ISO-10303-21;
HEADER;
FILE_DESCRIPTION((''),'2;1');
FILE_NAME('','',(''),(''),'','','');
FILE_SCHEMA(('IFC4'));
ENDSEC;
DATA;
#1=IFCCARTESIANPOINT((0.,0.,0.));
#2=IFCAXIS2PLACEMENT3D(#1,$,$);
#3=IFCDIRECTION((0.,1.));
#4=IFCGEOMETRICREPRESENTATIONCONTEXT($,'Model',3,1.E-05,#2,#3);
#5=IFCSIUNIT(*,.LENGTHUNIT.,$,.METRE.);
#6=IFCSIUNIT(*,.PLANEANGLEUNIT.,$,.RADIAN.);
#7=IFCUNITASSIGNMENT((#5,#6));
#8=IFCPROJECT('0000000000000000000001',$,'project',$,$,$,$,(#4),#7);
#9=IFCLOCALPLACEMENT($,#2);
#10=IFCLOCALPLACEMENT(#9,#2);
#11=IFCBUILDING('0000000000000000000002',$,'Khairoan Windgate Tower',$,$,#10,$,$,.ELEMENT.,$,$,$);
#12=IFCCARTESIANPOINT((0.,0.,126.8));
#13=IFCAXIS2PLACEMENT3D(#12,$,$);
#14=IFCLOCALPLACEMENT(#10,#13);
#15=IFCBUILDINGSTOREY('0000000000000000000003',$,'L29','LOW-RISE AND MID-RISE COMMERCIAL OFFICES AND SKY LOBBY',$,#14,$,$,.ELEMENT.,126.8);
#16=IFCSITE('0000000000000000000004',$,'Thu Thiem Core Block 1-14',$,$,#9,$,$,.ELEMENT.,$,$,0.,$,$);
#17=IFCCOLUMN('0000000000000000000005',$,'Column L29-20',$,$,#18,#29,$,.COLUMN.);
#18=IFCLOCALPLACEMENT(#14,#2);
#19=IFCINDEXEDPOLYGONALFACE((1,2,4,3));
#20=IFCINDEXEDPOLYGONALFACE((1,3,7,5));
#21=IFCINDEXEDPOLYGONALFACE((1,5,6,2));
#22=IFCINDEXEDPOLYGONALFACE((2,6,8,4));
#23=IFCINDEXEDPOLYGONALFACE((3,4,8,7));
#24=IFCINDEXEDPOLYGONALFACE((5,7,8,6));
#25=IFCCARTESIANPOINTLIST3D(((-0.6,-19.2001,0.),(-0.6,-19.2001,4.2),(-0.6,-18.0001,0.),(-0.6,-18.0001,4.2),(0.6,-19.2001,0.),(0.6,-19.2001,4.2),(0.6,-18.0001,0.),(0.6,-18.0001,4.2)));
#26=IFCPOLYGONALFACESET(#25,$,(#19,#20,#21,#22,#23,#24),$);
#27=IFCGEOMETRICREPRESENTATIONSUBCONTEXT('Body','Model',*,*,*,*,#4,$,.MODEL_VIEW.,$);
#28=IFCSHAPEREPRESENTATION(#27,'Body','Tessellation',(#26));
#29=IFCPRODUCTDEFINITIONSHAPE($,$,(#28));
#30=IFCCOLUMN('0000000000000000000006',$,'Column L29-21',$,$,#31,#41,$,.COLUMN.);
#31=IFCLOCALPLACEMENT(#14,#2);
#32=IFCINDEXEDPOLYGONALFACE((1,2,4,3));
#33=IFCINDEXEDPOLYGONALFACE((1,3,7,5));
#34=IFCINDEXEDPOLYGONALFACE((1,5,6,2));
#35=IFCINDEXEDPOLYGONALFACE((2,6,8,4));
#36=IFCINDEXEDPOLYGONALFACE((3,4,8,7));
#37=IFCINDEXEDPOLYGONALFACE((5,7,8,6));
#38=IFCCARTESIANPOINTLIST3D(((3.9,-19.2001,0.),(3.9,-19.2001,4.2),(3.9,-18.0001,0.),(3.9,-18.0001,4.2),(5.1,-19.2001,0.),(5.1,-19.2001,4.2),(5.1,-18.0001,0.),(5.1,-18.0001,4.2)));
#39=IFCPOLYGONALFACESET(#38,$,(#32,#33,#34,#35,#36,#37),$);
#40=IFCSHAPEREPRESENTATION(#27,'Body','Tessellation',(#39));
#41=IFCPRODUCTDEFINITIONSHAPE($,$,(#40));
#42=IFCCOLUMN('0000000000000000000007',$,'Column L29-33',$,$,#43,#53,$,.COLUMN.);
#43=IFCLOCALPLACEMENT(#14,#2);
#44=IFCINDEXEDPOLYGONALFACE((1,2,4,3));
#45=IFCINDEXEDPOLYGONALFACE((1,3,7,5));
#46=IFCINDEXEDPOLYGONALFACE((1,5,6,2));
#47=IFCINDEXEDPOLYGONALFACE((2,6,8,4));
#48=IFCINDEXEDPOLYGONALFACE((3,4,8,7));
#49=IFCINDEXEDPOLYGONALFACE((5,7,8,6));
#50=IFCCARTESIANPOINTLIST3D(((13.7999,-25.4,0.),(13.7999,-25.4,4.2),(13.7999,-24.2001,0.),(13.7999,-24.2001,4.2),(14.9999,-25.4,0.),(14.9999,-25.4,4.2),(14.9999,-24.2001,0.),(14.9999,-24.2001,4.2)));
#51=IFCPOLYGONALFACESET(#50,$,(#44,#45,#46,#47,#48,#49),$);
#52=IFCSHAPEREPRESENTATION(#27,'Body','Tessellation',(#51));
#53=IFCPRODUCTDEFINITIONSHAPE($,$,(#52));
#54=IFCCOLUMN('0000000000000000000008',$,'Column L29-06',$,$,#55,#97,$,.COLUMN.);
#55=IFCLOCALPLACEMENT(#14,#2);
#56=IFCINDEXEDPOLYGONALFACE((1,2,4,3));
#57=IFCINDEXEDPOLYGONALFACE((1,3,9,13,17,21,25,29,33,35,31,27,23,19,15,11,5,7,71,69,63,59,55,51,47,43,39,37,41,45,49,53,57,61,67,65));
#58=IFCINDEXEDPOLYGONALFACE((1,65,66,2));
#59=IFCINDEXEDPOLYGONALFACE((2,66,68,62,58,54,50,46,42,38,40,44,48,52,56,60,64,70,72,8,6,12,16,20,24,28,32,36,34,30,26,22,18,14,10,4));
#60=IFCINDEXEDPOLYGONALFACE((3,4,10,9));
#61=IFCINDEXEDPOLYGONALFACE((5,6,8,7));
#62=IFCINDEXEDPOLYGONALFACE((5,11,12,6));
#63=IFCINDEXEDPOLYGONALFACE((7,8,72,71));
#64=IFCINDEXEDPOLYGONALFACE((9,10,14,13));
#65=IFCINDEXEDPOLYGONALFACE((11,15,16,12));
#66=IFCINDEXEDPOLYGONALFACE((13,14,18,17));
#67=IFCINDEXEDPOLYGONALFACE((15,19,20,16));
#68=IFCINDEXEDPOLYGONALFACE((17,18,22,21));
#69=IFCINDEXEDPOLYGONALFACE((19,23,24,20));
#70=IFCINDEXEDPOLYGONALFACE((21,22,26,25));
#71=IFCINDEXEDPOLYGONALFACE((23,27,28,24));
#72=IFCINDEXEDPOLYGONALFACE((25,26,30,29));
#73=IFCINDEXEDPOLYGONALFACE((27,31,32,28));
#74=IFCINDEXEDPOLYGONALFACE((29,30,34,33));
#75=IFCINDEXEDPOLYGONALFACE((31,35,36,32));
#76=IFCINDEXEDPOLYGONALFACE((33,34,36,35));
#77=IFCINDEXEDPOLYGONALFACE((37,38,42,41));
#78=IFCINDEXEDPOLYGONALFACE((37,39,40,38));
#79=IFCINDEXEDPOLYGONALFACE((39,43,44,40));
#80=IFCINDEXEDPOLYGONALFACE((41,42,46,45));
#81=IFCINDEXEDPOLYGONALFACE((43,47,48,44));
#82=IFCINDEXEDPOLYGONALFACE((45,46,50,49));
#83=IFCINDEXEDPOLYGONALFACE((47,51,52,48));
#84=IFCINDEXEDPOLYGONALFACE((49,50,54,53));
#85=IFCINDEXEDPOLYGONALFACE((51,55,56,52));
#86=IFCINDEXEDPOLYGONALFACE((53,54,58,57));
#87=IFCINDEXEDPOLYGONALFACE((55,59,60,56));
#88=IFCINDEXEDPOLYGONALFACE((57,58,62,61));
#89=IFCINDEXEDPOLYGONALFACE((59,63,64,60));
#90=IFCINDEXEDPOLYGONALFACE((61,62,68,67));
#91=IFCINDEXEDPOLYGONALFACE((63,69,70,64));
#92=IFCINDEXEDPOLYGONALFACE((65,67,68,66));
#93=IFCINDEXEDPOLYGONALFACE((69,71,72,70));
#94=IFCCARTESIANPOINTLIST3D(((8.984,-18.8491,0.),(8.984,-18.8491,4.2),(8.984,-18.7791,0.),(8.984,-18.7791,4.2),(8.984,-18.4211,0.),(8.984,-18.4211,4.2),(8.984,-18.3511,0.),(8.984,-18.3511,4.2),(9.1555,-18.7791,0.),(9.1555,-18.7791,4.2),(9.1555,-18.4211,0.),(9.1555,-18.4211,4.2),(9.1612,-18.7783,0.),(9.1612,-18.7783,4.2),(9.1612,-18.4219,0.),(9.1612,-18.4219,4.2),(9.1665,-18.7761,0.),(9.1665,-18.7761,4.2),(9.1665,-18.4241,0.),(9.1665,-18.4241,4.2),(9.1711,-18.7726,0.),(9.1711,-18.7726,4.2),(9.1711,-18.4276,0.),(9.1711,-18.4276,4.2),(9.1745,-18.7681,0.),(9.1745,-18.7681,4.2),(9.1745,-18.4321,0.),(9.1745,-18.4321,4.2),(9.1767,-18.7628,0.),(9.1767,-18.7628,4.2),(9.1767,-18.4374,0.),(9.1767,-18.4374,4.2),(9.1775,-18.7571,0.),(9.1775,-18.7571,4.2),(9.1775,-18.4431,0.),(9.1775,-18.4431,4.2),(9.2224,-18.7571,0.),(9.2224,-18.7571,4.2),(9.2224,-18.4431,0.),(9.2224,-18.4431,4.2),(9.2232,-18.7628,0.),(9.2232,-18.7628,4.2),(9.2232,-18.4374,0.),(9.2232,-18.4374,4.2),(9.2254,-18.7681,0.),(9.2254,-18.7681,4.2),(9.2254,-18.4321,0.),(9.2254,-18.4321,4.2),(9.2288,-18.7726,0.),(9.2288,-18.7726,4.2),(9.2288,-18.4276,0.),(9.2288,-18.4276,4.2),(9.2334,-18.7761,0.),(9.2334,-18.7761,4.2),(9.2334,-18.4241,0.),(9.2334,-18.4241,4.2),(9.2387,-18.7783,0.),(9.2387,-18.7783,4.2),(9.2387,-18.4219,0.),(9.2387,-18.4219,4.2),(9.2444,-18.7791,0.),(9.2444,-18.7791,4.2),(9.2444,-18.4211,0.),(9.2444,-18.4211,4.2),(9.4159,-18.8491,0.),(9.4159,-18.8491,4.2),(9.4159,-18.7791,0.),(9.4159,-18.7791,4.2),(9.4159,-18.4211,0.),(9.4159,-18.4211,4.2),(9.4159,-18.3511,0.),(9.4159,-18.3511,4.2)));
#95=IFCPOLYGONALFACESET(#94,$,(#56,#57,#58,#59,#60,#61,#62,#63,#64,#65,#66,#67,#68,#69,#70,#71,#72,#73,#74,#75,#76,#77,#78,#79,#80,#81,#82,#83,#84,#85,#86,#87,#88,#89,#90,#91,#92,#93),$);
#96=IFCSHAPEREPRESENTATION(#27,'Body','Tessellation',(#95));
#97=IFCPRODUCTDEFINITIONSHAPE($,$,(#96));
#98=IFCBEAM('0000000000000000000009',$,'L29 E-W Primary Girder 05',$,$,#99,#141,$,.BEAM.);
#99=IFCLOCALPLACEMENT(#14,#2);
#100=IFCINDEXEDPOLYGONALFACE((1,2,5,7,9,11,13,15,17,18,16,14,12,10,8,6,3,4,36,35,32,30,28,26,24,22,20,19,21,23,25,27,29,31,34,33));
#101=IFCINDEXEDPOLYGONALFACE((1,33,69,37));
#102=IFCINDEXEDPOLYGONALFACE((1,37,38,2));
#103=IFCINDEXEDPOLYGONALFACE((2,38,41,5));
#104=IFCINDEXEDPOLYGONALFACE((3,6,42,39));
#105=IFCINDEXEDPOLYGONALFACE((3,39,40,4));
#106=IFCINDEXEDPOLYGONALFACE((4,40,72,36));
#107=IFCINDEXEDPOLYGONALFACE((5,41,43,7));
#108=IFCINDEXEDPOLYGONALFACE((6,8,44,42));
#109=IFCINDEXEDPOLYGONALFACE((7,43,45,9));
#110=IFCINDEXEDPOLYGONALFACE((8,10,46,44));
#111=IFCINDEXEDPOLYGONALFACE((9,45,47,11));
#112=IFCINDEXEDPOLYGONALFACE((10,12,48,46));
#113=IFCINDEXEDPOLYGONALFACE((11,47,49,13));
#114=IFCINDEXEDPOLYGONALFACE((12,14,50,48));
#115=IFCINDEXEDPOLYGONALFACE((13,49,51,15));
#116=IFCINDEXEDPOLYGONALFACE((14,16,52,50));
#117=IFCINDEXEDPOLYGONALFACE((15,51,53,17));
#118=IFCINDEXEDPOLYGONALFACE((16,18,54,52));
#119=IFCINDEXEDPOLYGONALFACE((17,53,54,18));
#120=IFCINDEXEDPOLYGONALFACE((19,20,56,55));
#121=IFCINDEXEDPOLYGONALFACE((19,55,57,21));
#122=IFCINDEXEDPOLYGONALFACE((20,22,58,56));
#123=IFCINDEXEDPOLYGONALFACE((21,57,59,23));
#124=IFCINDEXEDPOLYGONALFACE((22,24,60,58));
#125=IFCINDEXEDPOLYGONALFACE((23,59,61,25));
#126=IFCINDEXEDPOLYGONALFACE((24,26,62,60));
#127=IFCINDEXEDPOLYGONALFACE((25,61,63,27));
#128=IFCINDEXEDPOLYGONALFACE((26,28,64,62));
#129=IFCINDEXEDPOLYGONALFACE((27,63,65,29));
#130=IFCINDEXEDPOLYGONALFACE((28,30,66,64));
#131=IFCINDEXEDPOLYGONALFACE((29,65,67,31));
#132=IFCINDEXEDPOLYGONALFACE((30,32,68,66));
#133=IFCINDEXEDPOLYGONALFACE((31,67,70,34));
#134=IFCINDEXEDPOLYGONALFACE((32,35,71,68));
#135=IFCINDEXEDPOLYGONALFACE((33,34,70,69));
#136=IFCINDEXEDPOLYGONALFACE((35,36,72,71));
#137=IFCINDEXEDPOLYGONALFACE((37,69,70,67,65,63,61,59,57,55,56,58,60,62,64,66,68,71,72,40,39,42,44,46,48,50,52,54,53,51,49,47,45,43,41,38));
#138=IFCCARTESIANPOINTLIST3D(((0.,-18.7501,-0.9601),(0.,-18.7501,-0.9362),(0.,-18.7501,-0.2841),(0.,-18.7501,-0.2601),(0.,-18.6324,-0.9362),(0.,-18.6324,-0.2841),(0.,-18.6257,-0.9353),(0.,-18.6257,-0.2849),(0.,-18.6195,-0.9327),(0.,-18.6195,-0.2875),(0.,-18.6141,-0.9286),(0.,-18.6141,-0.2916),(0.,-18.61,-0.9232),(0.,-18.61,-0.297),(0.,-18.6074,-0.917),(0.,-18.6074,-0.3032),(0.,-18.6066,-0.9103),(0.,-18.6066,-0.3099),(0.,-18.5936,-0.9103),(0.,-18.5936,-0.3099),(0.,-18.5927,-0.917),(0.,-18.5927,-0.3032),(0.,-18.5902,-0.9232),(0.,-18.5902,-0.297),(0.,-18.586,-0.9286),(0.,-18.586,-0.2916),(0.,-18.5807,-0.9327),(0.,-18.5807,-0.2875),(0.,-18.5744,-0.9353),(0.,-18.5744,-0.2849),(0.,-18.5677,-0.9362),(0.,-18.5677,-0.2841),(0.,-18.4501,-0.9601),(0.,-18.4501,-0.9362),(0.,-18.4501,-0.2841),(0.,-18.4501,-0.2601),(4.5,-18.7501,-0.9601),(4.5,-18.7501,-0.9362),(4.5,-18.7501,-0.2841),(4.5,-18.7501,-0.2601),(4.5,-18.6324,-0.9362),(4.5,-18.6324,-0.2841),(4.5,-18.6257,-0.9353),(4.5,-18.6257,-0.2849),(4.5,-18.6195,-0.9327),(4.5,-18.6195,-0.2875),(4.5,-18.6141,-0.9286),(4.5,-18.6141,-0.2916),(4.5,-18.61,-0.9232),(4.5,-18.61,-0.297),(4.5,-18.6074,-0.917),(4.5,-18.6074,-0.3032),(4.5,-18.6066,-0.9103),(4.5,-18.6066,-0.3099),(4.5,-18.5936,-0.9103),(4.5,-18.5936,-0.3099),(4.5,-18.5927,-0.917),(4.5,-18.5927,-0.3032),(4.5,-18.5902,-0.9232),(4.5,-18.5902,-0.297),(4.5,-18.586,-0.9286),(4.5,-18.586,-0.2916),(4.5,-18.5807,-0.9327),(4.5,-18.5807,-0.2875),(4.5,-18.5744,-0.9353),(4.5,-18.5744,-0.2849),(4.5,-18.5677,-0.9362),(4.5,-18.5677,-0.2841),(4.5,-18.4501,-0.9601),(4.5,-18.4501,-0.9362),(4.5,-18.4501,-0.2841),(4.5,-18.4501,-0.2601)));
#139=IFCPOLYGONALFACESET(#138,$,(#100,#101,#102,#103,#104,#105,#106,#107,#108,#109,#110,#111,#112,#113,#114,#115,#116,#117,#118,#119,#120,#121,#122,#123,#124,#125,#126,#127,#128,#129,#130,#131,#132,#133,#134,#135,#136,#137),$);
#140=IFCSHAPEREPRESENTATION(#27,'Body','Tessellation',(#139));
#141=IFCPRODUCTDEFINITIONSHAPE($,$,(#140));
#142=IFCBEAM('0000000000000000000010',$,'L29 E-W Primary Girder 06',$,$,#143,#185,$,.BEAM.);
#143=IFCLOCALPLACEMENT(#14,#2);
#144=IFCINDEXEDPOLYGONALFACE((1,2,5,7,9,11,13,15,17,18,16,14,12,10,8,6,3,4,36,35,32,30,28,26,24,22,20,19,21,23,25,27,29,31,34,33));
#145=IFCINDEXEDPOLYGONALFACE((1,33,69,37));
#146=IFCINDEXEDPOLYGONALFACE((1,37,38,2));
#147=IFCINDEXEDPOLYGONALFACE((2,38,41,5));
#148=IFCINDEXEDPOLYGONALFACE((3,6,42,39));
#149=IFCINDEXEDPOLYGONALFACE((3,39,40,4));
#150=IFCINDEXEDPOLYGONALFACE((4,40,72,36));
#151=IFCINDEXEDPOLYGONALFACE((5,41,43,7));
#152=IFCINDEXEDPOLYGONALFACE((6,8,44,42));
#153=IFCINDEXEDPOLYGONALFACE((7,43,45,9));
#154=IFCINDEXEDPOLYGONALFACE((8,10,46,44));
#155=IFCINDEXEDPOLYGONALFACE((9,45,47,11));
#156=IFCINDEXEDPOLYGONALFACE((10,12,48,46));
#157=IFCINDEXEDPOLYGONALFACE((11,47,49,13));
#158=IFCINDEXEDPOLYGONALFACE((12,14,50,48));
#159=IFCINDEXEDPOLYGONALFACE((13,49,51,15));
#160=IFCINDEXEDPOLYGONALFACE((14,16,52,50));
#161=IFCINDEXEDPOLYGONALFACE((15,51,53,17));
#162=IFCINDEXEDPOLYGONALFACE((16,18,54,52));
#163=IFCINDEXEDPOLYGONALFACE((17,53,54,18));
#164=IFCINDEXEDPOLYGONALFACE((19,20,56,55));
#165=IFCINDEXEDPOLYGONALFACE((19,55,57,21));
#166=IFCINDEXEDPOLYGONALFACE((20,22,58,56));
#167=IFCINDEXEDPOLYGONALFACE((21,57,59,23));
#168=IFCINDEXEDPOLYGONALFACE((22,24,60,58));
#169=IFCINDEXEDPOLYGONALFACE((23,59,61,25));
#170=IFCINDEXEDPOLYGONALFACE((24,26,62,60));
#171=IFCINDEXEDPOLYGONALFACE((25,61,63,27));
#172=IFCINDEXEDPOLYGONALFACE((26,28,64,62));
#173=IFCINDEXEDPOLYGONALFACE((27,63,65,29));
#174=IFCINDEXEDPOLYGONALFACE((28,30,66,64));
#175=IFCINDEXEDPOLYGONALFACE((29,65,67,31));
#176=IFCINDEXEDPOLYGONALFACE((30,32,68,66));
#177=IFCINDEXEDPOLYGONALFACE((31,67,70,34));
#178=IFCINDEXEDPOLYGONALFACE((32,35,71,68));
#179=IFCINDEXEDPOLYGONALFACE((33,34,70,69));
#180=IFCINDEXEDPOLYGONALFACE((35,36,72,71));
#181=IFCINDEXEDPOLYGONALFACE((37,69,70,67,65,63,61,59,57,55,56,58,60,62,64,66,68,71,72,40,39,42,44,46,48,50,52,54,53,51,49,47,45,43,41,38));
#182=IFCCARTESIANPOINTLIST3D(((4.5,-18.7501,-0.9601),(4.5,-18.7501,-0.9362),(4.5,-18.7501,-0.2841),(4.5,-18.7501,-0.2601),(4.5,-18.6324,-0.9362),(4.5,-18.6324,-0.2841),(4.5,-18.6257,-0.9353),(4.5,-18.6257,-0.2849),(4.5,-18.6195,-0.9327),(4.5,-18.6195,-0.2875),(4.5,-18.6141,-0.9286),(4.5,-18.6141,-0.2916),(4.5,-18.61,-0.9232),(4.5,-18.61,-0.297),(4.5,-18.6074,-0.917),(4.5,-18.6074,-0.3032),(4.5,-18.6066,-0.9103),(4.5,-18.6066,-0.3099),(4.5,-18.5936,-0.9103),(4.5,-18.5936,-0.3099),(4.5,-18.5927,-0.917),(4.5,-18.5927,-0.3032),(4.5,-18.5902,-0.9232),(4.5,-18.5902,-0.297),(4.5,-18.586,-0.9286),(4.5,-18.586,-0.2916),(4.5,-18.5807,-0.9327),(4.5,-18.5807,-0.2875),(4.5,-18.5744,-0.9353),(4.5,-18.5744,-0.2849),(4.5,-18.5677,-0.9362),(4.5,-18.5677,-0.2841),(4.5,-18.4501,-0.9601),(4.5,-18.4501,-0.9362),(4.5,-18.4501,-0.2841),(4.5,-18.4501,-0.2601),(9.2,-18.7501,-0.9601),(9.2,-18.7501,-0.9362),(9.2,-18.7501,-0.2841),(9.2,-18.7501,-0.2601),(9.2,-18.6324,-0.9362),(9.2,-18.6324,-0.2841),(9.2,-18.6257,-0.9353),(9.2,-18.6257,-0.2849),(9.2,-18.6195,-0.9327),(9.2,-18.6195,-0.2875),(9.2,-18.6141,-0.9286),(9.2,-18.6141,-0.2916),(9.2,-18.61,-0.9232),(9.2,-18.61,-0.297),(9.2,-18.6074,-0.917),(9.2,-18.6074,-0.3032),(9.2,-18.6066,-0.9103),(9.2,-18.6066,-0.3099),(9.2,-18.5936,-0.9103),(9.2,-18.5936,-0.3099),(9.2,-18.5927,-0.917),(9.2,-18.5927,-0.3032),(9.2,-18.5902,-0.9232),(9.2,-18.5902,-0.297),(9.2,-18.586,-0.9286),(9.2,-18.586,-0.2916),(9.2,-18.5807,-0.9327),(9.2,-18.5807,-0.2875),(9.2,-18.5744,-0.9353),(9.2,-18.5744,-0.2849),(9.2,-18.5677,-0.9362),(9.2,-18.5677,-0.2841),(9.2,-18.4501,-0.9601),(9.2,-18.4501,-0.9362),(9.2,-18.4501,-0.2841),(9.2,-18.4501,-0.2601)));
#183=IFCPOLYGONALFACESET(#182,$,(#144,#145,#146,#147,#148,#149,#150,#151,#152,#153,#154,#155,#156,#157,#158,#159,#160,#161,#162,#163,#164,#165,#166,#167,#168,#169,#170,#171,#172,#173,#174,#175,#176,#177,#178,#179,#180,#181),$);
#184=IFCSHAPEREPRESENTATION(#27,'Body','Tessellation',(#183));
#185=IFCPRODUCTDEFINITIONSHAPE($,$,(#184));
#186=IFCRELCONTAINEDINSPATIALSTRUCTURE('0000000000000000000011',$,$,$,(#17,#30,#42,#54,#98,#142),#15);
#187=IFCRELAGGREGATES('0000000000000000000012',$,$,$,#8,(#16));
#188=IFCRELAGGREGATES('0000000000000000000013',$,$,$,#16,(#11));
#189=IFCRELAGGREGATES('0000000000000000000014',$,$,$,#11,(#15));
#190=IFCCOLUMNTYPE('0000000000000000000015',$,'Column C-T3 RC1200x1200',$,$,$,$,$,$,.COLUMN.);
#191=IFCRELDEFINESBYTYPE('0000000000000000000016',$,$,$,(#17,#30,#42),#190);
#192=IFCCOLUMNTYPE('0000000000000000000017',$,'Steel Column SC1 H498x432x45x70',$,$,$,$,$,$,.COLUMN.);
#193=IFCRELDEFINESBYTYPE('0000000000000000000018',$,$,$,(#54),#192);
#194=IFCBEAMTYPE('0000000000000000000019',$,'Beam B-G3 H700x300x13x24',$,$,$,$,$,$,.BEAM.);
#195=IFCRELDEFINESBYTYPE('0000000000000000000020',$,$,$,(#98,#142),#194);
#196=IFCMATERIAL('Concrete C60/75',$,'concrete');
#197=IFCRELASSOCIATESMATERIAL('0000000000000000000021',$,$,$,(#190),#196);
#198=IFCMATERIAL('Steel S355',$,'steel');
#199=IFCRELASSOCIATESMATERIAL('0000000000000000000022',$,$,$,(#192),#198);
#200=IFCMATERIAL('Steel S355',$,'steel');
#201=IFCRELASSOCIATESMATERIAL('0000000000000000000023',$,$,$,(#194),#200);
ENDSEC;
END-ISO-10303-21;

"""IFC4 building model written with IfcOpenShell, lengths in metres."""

from ifc_helpers import new_model, si_unit, direction, frame, origin, origin_2d, place, context, subcontext, project, spatial, rectangle, i_section, extrude, material, material_profile, profile_set, type_object, element, save


model = new_model("IFC4")

# Units and contexts
model_context = context("Model", 3, precision=1e-05, world=origin(), true_north=direction((0.0, 1.0)))
body_context = subcontext(model_context, "Body", "Model", "MODEL_VIEW")
ifc_project = project(units=[si_unit("LENGTHUNIT", "METRE"), si_unit("PLANEANGLEUNIT", "RADIAN")], contexts=[model_context])

# Site, building, storey
site_placement = place(None, origin())
site = spatial("IfcSite", under=ifc_project, at=site_placement, Name="Thu Thiem Core Block 1-14", CompositionType="ELEMENT", RefElevation=0.0)
building_placement = place(site_placement, origin())
building = spatial("IfcBuilding", under=site, at=building_placement, Name="Khairoan Windgate Tower", CompositionType="ELEMENT")
storey_placement = place(building_placement, frame((0.0, 0.0, 126.8)))
storey = spatial("IfcBuildingStorey", under=building, at=storey_placement, Name="L29", Description="LOW-RISE AND MID-RISE COMMERCIAL OFFICES AND SKY LOBBY", CompositionType="ELEMENT", Elevation=126.8)

# Columns
ifc_material_1 = material(Name="Concrete C60/75", Category="concrete")
ifc_material_profile_1 = material_profile(ifc_material_1, rectangle(XDim=1.2, YDim=1.2, at=origin_2d()))
ifc_profile_set_1 = profile_set([ifc_material_profile_1], Name="Concrete C60/75")
column_type_1 = type_object("IfcColumnType", Name="Column C-T3 RC1200x1200", PredefinedType="COLUMN", material=ifc_profile_set_1)
for number, where, z_axis, x_axis, name in (
    (1, (0.0, -18.6001, 0.0), (0.0, 0.0, 1.0), (1.0, 0.0, 0.0), "Column L29-20"),
    (2, (4.5, -18.6001, 0.0), (0.0, 0.0, 1.0), (1.0, 0.0, 0.0), "Column L29-21"),
    (3, (14.3999, -24.8, 0.0), (0.0, 0.0, 1.0), (1.0, 0.0, 0.0), "Column L29-33"),
):
    element("IfcColumn", number, at=place(storey_placement, frame(where, z_axis=z_axis, x_axis=x_axis)), inside=storey, type_object=column_type_1, Name=name, PredefinedType="COLUMN", context=body_context, shape_type="SweptSolid", body=[
        extrude(rectangle(XDim=1.2, YDim=1.2, at=origin_2d()), origin(), (0.0, 0.0, 1.0), 4.2),
    ])
ifc_material_2 = material(Name="Steel S355", Category="steel")
ifc_material_profile_2 = material_profile(ifc_material_2, i_section(OverallWidth=0.4319, OverallDepth=0.498, WebThickness=0.0449, FlangeThickness=0.0701, FilletRadius=0.022, at=origin_2d()))
ifc_profile_set_2 = profile_set([ifc_material_profile_2], Name="Steel S355")
column_type_2 = type_object("IfcColumnType", Name="Steel Column SC1 H498x432x45x70", PredefinedType="COLUMN", material=ifc_profile_set_2)
column_placement = place(storey_placement, frame((9.2, -18.6001, 0.0), z_axis=(0.0, 0.0, 1.0), x_axis=(1.0, 0.0, 0.0)))
element("IfcColumn", 4, at=column_placement, inside=storey, type_object=column_type_2, Name="Column L29-06", PredefinedType="COLUMN", context=body_context, shape_type="SweptSolid", body=[
    extrude(i_section(OverallWidth=0.4319, OverallDepth=0.498, WebThickness=0.0449, FlangeThickness=0.0701, FilletRadius=0.022, at=origin_2d()), origin(), (0.0, 0.0, 1.0), 4.2),
])

# Beams
ifc_material_3 = material(Name="Steel S355", Category="steel")
ifc_material_profile_3 = material_profile(ifc_material_3, i_section(OverallWidth=0.3, OverallDepth=0.7, WebThickness=0.0129, FlangeThickness=0.0239, FilletRadius=0.0259, at=origin_2d()))
ifc_profile_set_3 = profile_set([ifc_material_profile_3], Name="Steel S355")
beam_type_1 = type_object("IfcBeamType", Name="Beam B-G3 H700x300x13x24", PredefinedType="BEAM", material=ifc_profile_set_3)
beam_1_placement = place(storey_placement, frame((0.0, -18.6001, -0.6101), z_axis=(1.0, 0.0, 0.0), x_axis=(0.0, 1.0, 0.0)))
element("IfcBeam", 5, at=beam_1_placement, inside=storey, type_object=beam_type_1, Name="L29 E-W Primary Girder 05", PredefinedType="BEAM", context=body_context, shape_type="SweptSolid", body=[
    extrude(i_section(OverallWidth=0.3, OverallDepth=0.7, WebThickness=0.0129, FlangeThickness=0.0239, FilletRadius=0.0259, at=origin_2d()), origin(), (0.0, 0.0, 1.0), 4.5),
])
beam_2_placement = place(storey_placement, frame((4.5, -18.6001, -0.6101), z_axis=(1.0, 0.0, 0.0), x_axis=(0.0, 1.0, 0.0)))
element("IfcBeam", 6, at=beam_2_placement, inside=storey, type_object=beam_type_1, Name="L29 E-W Primary Girder 06", PredefinedType="BEAM", context=body_context, shape_type="SweptSolid", body=[
    extrude(i_section(OverallWidth=0.3, OverallDepth=0.7, WebThickness=0.0129, FlangeThickness=0.0239, FilletRadius=0.0259, at=origin_2d()), origin(), (0.0, 0.0, 1.0), 4.7),
])

save(model, "model.ifc")
